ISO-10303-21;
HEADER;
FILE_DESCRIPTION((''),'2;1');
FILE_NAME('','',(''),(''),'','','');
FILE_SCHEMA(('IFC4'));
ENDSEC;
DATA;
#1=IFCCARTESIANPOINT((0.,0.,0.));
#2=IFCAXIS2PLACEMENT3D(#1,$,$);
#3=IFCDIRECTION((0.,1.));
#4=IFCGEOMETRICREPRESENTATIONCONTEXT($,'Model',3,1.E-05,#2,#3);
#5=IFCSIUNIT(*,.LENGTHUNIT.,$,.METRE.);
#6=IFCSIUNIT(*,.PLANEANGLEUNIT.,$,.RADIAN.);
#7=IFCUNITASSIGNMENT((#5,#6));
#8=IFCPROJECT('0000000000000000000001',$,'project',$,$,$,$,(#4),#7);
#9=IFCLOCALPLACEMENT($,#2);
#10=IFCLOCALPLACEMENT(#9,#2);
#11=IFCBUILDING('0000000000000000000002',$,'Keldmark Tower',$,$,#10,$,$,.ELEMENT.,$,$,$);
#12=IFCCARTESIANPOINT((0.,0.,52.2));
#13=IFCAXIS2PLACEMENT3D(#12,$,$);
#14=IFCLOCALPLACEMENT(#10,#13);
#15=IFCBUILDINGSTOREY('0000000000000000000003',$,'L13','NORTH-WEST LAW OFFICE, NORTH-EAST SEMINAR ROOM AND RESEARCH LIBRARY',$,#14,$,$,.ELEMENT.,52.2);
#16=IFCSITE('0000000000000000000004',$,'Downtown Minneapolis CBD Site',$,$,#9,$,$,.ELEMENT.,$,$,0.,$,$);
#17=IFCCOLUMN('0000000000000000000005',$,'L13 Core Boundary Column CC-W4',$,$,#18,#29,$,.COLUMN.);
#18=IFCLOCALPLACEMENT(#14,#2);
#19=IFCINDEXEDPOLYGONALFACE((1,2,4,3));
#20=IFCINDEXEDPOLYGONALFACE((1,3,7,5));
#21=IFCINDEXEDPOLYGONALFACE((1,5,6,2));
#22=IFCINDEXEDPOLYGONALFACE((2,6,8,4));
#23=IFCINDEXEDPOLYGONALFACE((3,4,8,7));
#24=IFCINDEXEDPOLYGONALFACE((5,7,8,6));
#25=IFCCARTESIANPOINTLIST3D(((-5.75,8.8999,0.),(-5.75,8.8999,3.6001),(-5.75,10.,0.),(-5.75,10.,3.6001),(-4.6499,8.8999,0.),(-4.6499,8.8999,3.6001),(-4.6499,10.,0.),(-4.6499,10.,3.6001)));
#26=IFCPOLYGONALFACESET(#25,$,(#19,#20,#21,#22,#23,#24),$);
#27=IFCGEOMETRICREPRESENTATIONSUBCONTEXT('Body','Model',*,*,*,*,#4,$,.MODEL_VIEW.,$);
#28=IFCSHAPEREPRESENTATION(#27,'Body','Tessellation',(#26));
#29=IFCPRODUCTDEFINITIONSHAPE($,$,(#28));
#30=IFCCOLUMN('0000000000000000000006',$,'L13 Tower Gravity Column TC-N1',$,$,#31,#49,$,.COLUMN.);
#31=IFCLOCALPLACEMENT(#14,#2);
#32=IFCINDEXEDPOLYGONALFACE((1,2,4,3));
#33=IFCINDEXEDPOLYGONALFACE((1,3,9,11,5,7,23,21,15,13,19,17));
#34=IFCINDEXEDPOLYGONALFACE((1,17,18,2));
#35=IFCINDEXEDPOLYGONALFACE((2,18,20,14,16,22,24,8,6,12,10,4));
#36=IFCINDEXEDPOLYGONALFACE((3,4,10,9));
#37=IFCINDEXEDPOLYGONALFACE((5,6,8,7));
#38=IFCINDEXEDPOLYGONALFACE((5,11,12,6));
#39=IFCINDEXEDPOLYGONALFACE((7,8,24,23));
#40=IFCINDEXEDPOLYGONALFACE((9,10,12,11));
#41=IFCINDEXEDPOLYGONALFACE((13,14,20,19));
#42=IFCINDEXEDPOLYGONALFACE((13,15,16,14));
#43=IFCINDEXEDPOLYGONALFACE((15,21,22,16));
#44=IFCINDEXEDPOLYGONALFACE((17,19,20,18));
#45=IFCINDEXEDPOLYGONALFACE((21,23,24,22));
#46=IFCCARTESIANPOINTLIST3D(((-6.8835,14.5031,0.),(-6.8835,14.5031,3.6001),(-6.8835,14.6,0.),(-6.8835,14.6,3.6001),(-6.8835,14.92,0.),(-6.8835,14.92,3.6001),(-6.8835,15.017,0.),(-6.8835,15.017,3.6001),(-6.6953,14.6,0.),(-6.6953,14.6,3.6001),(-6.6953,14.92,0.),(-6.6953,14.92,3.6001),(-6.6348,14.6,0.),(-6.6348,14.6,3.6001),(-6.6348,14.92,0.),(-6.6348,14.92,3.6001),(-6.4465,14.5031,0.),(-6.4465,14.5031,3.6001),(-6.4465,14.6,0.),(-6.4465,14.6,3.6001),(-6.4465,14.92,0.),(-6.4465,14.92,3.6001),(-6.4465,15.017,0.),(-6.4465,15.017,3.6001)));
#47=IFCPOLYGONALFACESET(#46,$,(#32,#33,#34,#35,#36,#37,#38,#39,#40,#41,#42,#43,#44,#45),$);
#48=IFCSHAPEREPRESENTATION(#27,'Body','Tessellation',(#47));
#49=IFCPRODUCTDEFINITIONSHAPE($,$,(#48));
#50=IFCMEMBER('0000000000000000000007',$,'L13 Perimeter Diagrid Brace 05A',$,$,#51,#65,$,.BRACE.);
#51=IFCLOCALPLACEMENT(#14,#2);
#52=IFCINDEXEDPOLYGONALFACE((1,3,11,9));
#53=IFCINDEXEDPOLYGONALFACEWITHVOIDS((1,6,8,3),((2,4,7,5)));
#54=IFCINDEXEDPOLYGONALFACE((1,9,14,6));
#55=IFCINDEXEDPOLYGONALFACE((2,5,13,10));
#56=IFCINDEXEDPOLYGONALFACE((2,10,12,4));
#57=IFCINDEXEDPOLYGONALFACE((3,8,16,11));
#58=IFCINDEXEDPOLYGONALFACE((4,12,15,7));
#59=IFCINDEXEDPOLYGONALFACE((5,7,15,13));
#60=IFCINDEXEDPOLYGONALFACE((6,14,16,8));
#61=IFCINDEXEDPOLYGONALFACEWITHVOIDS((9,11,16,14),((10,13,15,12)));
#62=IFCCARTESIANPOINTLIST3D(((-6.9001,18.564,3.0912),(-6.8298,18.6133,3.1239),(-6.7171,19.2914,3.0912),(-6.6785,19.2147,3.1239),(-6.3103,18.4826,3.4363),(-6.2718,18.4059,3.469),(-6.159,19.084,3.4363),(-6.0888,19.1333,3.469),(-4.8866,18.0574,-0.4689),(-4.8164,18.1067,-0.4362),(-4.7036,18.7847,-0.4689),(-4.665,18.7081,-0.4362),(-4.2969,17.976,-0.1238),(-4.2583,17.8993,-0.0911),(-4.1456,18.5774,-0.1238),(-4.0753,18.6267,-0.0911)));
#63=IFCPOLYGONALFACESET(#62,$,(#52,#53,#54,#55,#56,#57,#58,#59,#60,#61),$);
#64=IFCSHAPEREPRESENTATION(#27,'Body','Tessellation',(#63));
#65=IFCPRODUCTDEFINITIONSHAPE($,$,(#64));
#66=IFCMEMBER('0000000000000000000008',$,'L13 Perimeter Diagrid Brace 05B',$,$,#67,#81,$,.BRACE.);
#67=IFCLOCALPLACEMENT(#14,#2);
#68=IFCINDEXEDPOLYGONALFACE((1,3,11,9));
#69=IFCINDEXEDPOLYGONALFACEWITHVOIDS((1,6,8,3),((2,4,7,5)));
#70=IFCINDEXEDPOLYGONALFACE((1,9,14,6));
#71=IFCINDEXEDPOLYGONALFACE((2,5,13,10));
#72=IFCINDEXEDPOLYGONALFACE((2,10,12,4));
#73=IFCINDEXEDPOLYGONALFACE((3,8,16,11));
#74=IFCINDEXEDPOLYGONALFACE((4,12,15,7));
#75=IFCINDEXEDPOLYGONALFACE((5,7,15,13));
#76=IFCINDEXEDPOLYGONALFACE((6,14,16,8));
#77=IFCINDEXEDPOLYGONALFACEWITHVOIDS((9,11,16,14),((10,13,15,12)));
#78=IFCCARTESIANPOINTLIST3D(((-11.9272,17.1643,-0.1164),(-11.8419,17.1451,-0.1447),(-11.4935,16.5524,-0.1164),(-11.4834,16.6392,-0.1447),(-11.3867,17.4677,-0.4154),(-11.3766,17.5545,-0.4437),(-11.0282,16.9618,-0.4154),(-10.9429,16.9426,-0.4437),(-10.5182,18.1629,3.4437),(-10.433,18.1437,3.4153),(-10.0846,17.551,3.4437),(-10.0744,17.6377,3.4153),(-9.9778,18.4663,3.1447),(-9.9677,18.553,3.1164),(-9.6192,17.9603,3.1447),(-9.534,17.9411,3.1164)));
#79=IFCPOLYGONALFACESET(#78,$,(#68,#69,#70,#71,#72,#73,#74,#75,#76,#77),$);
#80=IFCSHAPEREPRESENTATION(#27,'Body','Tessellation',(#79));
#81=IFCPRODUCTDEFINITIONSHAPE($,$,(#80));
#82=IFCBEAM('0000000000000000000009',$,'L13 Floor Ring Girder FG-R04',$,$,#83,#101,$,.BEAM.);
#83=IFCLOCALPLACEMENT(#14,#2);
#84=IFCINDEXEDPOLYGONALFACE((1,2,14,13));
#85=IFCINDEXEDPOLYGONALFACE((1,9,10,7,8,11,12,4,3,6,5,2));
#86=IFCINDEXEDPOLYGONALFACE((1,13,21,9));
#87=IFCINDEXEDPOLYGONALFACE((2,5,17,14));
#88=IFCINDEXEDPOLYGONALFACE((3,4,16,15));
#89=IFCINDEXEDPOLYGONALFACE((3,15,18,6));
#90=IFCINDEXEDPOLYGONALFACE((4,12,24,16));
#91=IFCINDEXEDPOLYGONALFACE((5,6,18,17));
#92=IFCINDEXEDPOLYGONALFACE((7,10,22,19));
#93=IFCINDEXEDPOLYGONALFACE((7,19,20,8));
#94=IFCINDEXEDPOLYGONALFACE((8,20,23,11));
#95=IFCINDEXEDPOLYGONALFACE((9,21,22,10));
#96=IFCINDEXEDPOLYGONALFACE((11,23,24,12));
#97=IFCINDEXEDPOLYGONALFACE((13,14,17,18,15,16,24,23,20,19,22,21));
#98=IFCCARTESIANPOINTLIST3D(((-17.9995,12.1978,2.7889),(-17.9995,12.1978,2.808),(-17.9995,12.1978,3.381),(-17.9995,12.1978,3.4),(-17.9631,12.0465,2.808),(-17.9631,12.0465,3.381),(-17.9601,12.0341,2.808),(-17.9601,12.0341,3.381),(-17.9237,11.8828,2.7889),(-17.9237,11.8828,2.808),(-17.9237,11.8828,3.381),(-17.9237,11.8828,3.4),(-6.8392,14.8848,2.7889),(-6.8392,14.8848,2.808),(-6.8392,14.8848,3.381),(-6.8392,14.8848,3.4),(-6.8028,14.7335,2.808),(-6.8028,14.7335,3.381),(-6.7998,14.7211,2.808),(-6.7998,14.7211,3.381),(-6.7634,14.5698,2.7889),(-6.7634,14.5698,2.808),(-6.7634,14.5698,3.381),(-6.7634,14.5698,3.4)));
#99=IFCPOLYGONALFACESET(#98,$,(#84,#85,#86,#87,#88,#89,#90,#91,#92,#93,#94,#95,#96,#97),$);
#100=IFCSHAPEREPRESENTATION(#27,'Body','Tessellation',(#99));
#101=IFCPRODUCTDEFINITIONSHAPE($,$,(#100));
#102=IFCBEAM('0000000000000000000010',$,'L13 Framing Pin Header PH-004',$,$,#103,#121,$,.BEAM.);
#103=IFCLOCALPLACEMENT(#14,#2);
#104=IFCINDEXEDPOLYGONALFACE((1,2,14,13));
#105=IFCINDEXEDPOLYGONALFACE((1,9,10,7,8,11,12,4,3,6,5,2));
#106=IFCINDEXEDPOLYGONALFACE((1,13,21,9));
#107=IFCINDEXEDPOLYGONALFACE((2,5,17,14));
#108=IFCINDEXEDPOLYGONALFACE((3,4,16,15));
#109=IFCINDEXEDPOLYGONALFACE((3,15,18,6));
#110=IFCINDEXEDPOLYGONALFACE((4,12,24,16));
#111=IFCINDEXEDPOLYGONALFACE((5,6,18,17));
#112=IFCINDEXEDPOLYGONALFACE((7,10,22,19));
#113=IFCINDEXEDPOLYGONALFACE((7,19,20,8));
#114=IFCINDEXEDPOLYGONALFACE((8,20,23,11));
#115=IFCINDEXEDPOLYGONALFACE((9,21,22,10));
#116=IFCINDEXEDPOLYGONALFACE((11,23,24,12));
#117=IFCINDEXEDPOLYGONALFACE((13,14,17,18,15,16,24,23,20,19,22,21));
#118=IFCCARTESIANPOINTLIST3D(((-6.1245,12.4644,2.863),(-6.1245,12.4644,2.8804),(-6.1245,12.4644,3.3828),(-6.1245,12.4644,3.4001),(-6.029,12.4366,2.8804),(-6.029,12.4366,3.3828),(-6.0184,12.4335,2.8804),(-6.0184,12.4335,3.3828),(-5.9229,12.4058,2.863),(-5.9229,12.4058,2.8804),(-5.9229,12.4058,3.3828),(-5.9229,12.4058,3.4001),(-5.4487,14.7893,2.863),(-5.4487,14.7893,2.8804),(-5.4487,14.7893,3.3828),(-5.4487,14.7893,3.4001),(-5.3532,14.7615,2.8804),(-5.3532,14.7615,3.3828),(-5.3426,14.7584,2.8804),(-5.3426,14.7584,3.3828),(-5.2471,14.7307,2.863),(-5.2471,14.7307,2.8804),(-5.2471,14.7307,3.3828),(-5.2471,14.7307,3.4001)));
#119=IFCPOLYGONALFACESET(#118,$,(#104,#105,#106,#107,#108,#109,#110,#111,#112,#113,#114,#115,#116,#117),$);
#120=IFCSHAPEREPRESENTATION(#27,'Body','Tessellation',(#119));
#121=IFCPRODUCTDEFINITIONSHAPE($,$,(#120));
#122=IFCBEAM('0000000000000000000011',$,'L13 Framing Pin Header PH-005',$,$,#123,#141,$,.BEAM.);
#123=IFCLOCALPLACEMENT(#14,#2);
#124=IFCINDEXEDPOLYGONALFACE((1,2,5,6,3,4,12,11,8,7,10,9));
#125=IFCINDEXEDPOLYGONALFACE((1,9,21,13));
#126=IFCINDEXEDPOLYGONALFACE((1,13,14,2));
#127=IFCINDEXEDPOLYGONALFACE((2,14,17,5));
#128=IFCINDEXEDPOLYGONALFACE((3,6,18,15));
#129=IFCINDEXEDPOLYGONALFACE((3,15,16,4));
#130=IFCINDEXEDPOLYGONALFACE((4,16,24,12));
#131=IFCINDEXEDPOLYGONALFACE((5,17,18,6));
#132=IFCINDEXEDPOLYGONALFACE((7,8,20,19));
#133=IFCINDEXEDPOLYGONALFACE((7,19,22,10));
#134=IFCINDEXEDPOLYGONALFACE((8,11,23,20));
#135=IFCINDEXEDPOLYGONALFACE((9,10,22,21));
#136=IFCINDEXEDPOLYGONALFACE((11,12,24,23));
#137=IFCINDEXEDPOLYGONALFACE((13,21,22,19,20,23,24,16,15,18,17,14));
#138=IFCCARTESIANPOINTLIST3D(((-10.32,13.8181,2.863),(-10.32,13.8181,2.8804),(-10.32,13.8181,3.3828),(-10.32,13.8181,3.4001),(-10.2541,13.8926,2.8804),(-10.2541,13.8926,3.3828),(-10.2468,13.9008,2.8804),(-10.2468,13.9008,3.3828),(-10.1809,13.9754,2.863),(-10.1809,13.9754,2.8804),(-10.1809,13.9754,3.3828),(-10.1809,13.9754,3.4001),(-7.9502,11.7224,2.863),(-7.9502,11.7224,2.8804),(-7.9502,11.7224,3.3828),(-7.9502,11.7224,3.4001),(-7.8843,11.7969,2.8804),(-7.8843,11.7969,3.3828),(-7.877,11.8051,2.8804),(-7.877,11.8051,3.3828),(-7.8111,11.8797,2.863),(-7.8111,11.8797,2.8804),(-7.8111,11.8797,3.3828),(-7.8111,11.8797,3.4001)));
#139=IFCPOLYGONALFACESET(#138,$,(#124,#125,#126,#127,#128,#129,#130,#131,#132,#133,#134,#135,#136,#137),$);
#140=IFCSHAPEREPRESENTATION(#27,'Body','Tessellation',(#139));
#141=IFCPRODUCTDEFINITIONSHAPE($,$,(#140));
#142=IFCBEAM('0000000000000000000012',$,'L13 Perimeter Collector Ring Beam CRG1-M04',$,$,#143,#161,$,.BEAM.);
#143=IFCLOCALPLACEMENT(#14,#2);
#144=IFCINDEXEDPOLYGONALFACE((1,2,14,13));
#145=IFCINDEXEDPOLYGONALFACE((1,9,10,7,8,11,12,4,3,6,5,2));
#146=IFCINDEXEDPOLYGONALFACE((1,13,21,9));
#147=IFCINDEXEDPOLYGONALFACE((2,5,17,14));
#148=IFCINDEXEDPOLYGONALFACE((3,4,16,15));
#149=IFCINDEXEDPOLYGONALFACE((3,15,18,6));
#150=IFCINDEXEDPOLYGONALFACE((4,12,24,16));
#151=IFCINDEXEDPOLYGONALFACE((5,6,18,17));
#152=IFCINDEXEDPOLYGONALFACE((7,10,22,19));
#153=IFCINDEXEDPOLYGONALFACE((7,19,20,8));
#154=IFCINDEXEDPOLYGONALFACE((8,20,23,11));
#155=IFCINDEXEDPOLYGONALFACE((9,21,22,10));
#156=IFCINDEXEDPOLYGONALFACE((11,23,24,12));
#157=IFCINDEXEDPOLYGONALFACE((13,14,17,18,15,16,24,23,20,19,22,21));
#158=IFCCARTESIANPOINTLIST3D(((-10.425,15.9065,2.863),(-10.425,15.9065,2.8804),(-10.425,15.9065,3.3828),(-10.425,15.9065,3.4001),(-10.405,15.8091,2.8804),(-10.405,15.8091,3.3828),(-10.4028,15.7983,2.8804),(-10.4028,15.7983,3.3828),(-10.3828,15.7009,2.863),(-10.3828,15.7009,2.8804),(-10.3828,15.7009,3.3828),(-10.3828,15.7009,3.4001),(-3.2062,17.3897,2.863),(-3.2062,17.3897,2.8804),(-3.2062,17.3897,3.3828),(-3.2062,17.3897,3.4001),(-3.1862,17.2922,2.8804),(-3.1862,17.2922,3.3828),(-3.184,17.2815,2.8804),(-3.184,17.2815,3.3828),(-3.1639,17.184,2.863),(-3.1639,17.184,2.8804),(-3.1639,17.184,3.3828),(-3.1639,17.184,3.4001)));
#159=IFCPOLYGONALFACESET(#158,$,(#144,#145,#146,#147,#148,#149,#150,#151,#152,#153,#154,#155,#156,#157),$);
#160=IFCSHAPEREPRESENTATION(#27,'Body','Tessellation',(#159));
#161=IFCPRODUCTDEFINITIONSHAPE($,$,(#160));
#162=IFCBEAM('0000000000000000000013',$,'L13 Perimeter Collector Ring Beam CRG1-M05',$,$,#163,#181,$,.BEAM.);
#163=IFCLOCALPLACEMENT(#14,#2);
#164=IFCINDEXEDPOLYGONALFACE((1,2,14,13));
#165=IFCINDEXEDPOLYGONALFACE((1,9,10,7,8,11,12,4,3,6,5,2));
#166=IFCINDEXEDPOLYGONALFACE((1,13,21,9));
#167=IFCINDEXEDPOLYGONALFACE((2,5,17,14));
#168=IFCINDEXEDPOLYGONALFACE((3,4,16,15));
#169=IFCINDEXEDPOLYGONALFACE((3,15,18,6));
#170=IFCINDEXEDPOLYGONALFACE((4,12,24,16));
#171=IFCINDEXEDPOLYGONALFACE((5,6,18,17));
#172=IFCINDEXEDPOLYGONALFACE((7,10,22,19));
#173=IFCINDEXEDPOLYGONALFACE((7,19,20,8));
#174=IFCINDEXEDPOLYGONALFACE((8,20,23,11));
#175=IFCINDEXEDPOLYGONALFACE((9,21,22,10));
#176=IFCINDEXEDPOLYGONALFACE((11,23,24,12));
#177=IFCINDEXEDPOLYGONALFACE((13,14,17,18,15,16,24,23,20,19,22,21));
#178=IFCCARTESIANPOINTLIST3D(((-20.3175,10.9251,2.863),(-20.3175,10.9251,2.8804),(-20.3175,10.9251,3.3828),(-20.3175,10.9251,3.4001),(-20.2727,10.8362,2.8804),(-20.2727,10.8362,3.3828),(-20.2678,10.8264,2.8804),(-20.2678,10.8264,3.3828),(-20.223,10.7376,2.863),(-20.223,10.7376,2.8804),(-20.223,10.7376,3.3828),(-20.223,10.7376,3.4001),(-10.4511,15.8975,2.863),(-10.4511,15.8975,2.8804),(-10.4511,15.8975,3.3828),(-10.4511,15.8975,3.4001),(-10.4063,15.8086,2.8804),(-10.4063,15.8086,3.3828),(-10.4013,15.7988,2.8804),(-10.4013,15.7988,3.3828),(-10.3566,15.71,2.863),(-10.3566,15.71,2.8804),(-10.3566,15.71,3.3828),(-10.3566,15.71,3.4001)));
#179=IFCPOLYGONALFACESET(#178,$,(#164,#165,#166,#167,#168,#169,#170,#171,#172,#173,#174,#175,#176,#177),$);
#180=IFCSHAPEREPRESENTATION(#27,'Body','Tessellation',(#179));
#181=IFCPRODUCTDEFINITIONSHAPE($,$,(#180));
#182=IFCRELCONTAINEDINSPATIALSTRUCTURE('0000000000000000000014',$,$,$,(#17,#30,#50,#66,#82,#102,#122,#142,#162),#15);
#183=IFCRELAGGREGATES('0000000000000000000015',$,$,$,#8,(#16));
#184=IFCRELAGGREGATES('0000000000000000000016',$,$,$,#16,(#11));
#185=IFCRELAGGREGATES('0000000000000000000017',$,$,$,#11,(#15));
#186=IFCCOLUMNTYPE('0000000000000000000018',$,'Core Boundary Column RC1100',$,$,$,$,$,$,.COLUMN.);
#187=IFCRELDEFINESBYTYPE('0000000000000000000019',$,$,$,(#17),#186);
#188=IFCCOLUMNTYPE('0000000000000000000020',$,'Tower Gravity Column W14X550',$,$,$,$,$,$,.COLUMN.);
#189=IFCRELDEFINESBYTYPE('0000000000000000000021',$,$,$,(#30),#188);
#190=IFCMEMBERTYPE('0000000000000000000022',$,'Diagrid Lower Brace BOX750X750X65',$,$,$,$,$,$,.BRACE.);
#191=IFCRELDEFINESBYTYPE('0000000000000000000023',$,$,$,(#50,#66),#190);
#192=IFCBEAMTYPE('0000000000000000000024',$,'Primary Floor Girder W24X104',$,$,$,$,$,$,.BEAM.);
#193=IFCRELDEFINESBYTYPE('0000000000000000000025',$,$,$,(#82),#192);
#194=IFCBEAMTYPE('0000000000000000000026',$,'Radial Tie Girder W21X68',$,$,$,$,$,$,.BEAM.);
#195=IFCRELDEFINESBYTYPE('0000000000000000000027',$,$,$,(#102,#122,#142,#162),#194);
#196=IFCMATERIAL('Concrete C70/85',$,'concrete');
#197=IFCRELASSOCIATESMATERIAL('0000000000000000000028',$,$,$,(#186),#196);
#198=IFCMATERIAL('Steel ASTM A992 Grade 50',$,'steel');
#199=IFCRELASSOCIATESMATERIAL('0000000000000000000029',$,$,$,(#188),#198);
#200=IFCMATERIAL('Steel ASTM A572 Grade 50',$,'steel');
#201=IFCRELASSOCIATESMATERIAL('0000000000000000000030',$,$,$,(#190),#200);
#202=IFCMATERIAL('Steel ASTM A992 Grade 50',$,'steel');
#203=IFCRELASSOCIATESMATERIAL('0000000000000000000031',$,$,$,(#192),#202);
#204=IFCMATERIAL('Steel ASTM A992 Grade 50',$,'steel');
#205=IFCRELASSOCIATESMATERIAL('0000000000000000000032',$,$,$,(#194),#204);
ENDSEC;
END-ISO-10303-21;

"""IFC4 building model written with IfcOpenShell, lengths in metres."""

from ifc_helpers import new_model, si_unit, direction, frame, origin, origin_2d, place, context, subcontext, project, spatial, rectangle, hollow_rectangle, i_section, extrude, material, material_profile, profile_set, type_object, element, save


model = new_model("IFC4")

# Units and contexts
model_context = context("Model", 3, precision=1e-05, world=origin(), true_north=direction((0.0, 1.0)))
body_context = subcontext(model_context, "Body", "Model", "MODEL_VIEW")
ifc_project = project(units=[si_unit("LENGTHUNIT", "METRE"), si_unit("PLANEANGLEUNIT", "RADIAN")], contexts=[model_context])

# Site, building, storey
site_placement = place(None, origin())
site = spatial("IfcSite", under=ifc_project, at=site_placement, Name="Downtown Minneapolis CBD Site", CompositionType="ELEMENT", RefElevation=0.0)
building_placement = place(site_placement, origin())
building = spatial("IfcBuilding", under=site, at=building_placement, Name="Keldmark Tower", CompositionType="ELEMENT")
storey_placement = place(building_placement, frame((0.0, 0.0, 52.2)))
storey = spatial("IfcBuildingStorey", under=building, at=storey_placement, Name="L13", Description="NORTH-WEST LAW OFFICE, NORTH-EAST SEMINAR ROOM AND RESEARCH LIBRARY", CompositionType="ELEMENT", Elevation=52.2)

# Columns
ifc_material_1 = material(Name="Concrete C70/85", Category="concrete")
ifc_material_profile_1 = material_profile(ifc_material_1, rectangle(XDim=1.1001, YDim=1.1001, at=origin_2d()), Name="RC1100X1100")
ifc_profile_set_1 = profile_set([ifc_material_profile_1], Name="Concrete C70/85")
column_type_1 = type_object("IfcColumnType", Name="Core Boundary Column RC1100", PredefinedType="COLUMN", material=ifc_profile_set_1)
column_1_placement = place(storey_placement, frame((-5.2, 9.45, 0.0), z_axis=(0.0, 0.0, 1.0), x_axis=(1.0, 0.0, 0.0)))
element("IfcColumn", 1, at=column_1_placement, inside=storey, type_object=column_type_1, Name="L13 Core Boundary Column CC-W4", PredefinedType="COLUMN", context=body_context, shape_type="SweptSolid", body=[
    extrude(rectangle(XDim=1.1001, YDim=1.1001, at=origin_2d()), origin(), (0.0, 0.0, 1.0), 3.6001),
])
ifc_material_2 = material(Name="Steel ASTM A992 Grade 50", Category="steel")
ifc_material_profile_2 = material_profile(ifc_material_2, i_section(OverallWidth=0.437, OverallDepth=0.5139, WebThickness=0.0605, FlangeThickness=0.0969, at=origin_2d()), Name="W14X550")
ifc_profile_set_2 = profile_set([ifc_material_profile_2], Name="Steel ASTM A992 Grade 50")
column_type_2 = type_object("IfcColumnType", Name="Tower Gravity Column W14X550", PredefinedType="COLUMN", material=ifc_profile_set_2)
column_2_placement = place(storey_placement, frame((-6.665, 14.76, 0.0), z_axis=(0.0, 0.0, 1.0), x_axis=(1.0, 0.0, 0.0)))
element("IfcColumn", 2, at=column_2_placement, inside=storey, type_object=column_type_2, Name="L13 Tower Gravity Column TC-N1", PredefinedType="COLUMN", context=body_context, shape_type="SweptSolid", body=[
    extrude(i_section(OverallWidth=0.437, OverallDepth=0.5139, WebThickness=0.0605, FlangeThickness=0.0969, at=origin_2d()), origin(), (0.0, 0.0, 1.0), 3.6001),
])

# Members
ifc_material_3 = material(Name="Steel ASTM A572 Grade 50", Category="steel")
ifc_material_profile_3 = material_profile(ifc_material_3, hollow_rectangle(XDim=0.75, YDim=0.75, WallThickness=0.0649, at=origin_2d()), Name="BOX750X750X65")
ifc_profile_set_3 = profile_set([ifc_material_profile_3], Name="Steel ASTM A572 Grade 50")
member_type = type_object("IfcMemberType", Name="Diagrid Lower Brace BOX750X750X65", PredefinedType="BRACE", material=ifc_profile_set_3)
member_1_placement = place(storey_placement, frame((-4.481, 18.342, -0.28), z_axis=(-0.48855, 0.122922, 0.863834), x_axis=(-0.244002, -0.969775, 0.0)))
element("IfcMember", 3, at=member_1_placement, inside=storey, type_object=member_type, Name="L13 Perimeter Diagrid Brace 05A", PredefinedType="BRACE", context=body_context, shape_type="SweptSolid", body=[
    extrude(hollow_rectangle(XDim=0.75, YDim=0.75, WallThickness=0.0649, at=origin_2d()), origin(), (0.0, 0.0, 1.0), 4.1213),
])
member_2_placement = place(storey_placement, frame((-11.4351, 17.0535, -0.28), z_axis=(0.35608, 0.25236, 0.899734), x_axis=(-0.578225, 0.815877, 0.0)))
element("IfcMember", 4, at=member_2_placement, inside=storey, type_object=member_type, Name="L13 Perimeter Diagrid Brace 05B", PredefinedType="BRACE", context=body_context, shape_type="SweptSolid", body=[
    extrude(hollow_rectangle(XDim=0.75, YDim=0.75, WallThickness=0.0649, at=origin_2d()), origin(), (0.0, 0.0, 1.0), 3.9568),
])

# Beams
ifc_material_4 = material(Name="Steel ASTM A992 Grade 50", Category="steel")
ifc_material_profile_4 = material_profile(ifc_material_4, i_section(OverallWidth=0.324, OverallDepth=0.6111, WebThickness=0.0127, FlangeThickness=0.019, at=origin_2d()), Name="W24X104")
ifc_profile_set_4 = profile_set([ifc_material_profile_4], Name="Steel ASTM A992 Grade 50")
beam_type_1 = type_object("IfcBeamType", Name="Primary Floor Girder W24X104", PredefinedType="BEAM", material=ifc_profile_set_4)
beam_1_placement = place(storey_placement, frame((-6.8013, 14.7273, 3.0945), z_axis=(-0.972219, -0.234074, 0.0), x_axis=(0.234074, -0.972219, 0.0)))
element("IfcBeam", 5, at=beam_1_placement, inside=storey, type_object=beam_type_1, Name="L13 Floor Ring Girder FG-R04", PredefinedType="BEAM", context=body_context, shape_type="SweptSolid", body=[
    extrude(i_section(OverallWidth=0.324, OverallDepth=0.6111, WebThickness=0.0127, FlangeThickness=0.019, at=origin_2d()), origin(), (0.0, 0.0, 1.0), 11.4792),
])
ifc_material_5 = material(Name="Steel ASTM A992 Grade 50", Category="steel")
ifc_material_profile_5 = material_profile(ifc_material_5, i_section(OverallWidth=0.21, OverallDepth=0.5371, WebThickness=0.011, FlangeThickness=0.0173, at=origin_2d()), Name="W21X68")
ifc_profile_set_5 = profile_set([ifc_material_profile_5], Name="Steel ASTM A992 Grade 50")
beam_type_2 = type_object("IfcBeamType", Name="Radial Tie Girder W21X68", PredefinedType="BEAM", material=ifc_profile_set_5)
beam_2_placement = place(storey_placement, frame((-6.0237, 12.4351, 3.1316), z_axis=(0.279113, 0.960258, 0.0), x_axis=(-0.960258, 0.279113, 0.0)))
element("IfcBeam", 6, at=beam_2_placement, inside=storey, type_object=beam_type_2, Name="L13 Framing Pin Header PH-004", PredefinedType="BEAM", context=body_context, shape_type="SweptSolid", body=[
    extrude(i_section(OverallWidth=0.21, OverallDepth=0.5371, WebThickness=0.011, FlangeThickness=0.0173, at=origin_2d()), origin(), (0.0, 0.0, 1.0), 2.4211),
])
beam_3_placement = place(storey_placement, frame((-7.8806, 11.801, 3.1316), z_axis=(-0.74911, 0.662446, 0.0), x_axis=(-0.662446, -0.74911, 0.0)))
element("IfcBeam", 7, at=beam_3_placement, inside=storey, type_object=beam_type_2, Name="L13 Framing Pin Header PH-005", PredefinedType="BEAM", context=body_context, shape_type="SweptSolid", body=[
    extrude(i_section(OverallWidth=0.21, OverallDepth=0.5371, WebThickness=0.011, FlangeThickness=0.0173, at=origin_2d()), origin(), (0.0, 0.0, 1.0), 3.1636),
])
beam_4_placement = place(storey_placement, frame((-3.1851, 17.2869, 3.1316), z_axis=(-0.979539, -0.201255, 0.0), x_axis=(0.201255, -0.979539, 0.0)))
element("IfcBeam", 8, at=beam_4_placement, inside=storey, type_object=beam_type_2, Name="L13 Perimeter Collector Ring Beam CRG1-M04", PredefinedType="BEAM", context=body_context, shape_type="SweptSolid", body=[
    extrude(i_section(OverallWidth=0.21, OverallDepth=0.5371, WebThickness=0.011, FlangeThickness=0.0173, at=origin_2d()), origin(), (0.0, 0.0, 1.0), 7.3696),
])
beam_5_placement = place(storey_placement, frame((-10.4038, 15.8037, 3.1316), z_axis=(-0.893004, -0.450049, 0.0), x_axis=(0.450049, -0.893004, 0.0)))
element("IfcBeam", 9, at=beam_5_placement, inside=storey, type_object=beam_type_2, Name="L13 Perimeter Collector Ring Beam CRG1-M05", PredefinedType="BEAM", context=body_context, shape_type="SweptSolid", body=[
    extrude(i_section(OverallWidth=0.21, OverallDepth=0.5371, WebThickness=0.011, FlangeThickness=0.0173, at=origin_2d()), origin(), (0.0, 0.0, 1.0), 11.0486),
])

save(model, "model.ifc")
